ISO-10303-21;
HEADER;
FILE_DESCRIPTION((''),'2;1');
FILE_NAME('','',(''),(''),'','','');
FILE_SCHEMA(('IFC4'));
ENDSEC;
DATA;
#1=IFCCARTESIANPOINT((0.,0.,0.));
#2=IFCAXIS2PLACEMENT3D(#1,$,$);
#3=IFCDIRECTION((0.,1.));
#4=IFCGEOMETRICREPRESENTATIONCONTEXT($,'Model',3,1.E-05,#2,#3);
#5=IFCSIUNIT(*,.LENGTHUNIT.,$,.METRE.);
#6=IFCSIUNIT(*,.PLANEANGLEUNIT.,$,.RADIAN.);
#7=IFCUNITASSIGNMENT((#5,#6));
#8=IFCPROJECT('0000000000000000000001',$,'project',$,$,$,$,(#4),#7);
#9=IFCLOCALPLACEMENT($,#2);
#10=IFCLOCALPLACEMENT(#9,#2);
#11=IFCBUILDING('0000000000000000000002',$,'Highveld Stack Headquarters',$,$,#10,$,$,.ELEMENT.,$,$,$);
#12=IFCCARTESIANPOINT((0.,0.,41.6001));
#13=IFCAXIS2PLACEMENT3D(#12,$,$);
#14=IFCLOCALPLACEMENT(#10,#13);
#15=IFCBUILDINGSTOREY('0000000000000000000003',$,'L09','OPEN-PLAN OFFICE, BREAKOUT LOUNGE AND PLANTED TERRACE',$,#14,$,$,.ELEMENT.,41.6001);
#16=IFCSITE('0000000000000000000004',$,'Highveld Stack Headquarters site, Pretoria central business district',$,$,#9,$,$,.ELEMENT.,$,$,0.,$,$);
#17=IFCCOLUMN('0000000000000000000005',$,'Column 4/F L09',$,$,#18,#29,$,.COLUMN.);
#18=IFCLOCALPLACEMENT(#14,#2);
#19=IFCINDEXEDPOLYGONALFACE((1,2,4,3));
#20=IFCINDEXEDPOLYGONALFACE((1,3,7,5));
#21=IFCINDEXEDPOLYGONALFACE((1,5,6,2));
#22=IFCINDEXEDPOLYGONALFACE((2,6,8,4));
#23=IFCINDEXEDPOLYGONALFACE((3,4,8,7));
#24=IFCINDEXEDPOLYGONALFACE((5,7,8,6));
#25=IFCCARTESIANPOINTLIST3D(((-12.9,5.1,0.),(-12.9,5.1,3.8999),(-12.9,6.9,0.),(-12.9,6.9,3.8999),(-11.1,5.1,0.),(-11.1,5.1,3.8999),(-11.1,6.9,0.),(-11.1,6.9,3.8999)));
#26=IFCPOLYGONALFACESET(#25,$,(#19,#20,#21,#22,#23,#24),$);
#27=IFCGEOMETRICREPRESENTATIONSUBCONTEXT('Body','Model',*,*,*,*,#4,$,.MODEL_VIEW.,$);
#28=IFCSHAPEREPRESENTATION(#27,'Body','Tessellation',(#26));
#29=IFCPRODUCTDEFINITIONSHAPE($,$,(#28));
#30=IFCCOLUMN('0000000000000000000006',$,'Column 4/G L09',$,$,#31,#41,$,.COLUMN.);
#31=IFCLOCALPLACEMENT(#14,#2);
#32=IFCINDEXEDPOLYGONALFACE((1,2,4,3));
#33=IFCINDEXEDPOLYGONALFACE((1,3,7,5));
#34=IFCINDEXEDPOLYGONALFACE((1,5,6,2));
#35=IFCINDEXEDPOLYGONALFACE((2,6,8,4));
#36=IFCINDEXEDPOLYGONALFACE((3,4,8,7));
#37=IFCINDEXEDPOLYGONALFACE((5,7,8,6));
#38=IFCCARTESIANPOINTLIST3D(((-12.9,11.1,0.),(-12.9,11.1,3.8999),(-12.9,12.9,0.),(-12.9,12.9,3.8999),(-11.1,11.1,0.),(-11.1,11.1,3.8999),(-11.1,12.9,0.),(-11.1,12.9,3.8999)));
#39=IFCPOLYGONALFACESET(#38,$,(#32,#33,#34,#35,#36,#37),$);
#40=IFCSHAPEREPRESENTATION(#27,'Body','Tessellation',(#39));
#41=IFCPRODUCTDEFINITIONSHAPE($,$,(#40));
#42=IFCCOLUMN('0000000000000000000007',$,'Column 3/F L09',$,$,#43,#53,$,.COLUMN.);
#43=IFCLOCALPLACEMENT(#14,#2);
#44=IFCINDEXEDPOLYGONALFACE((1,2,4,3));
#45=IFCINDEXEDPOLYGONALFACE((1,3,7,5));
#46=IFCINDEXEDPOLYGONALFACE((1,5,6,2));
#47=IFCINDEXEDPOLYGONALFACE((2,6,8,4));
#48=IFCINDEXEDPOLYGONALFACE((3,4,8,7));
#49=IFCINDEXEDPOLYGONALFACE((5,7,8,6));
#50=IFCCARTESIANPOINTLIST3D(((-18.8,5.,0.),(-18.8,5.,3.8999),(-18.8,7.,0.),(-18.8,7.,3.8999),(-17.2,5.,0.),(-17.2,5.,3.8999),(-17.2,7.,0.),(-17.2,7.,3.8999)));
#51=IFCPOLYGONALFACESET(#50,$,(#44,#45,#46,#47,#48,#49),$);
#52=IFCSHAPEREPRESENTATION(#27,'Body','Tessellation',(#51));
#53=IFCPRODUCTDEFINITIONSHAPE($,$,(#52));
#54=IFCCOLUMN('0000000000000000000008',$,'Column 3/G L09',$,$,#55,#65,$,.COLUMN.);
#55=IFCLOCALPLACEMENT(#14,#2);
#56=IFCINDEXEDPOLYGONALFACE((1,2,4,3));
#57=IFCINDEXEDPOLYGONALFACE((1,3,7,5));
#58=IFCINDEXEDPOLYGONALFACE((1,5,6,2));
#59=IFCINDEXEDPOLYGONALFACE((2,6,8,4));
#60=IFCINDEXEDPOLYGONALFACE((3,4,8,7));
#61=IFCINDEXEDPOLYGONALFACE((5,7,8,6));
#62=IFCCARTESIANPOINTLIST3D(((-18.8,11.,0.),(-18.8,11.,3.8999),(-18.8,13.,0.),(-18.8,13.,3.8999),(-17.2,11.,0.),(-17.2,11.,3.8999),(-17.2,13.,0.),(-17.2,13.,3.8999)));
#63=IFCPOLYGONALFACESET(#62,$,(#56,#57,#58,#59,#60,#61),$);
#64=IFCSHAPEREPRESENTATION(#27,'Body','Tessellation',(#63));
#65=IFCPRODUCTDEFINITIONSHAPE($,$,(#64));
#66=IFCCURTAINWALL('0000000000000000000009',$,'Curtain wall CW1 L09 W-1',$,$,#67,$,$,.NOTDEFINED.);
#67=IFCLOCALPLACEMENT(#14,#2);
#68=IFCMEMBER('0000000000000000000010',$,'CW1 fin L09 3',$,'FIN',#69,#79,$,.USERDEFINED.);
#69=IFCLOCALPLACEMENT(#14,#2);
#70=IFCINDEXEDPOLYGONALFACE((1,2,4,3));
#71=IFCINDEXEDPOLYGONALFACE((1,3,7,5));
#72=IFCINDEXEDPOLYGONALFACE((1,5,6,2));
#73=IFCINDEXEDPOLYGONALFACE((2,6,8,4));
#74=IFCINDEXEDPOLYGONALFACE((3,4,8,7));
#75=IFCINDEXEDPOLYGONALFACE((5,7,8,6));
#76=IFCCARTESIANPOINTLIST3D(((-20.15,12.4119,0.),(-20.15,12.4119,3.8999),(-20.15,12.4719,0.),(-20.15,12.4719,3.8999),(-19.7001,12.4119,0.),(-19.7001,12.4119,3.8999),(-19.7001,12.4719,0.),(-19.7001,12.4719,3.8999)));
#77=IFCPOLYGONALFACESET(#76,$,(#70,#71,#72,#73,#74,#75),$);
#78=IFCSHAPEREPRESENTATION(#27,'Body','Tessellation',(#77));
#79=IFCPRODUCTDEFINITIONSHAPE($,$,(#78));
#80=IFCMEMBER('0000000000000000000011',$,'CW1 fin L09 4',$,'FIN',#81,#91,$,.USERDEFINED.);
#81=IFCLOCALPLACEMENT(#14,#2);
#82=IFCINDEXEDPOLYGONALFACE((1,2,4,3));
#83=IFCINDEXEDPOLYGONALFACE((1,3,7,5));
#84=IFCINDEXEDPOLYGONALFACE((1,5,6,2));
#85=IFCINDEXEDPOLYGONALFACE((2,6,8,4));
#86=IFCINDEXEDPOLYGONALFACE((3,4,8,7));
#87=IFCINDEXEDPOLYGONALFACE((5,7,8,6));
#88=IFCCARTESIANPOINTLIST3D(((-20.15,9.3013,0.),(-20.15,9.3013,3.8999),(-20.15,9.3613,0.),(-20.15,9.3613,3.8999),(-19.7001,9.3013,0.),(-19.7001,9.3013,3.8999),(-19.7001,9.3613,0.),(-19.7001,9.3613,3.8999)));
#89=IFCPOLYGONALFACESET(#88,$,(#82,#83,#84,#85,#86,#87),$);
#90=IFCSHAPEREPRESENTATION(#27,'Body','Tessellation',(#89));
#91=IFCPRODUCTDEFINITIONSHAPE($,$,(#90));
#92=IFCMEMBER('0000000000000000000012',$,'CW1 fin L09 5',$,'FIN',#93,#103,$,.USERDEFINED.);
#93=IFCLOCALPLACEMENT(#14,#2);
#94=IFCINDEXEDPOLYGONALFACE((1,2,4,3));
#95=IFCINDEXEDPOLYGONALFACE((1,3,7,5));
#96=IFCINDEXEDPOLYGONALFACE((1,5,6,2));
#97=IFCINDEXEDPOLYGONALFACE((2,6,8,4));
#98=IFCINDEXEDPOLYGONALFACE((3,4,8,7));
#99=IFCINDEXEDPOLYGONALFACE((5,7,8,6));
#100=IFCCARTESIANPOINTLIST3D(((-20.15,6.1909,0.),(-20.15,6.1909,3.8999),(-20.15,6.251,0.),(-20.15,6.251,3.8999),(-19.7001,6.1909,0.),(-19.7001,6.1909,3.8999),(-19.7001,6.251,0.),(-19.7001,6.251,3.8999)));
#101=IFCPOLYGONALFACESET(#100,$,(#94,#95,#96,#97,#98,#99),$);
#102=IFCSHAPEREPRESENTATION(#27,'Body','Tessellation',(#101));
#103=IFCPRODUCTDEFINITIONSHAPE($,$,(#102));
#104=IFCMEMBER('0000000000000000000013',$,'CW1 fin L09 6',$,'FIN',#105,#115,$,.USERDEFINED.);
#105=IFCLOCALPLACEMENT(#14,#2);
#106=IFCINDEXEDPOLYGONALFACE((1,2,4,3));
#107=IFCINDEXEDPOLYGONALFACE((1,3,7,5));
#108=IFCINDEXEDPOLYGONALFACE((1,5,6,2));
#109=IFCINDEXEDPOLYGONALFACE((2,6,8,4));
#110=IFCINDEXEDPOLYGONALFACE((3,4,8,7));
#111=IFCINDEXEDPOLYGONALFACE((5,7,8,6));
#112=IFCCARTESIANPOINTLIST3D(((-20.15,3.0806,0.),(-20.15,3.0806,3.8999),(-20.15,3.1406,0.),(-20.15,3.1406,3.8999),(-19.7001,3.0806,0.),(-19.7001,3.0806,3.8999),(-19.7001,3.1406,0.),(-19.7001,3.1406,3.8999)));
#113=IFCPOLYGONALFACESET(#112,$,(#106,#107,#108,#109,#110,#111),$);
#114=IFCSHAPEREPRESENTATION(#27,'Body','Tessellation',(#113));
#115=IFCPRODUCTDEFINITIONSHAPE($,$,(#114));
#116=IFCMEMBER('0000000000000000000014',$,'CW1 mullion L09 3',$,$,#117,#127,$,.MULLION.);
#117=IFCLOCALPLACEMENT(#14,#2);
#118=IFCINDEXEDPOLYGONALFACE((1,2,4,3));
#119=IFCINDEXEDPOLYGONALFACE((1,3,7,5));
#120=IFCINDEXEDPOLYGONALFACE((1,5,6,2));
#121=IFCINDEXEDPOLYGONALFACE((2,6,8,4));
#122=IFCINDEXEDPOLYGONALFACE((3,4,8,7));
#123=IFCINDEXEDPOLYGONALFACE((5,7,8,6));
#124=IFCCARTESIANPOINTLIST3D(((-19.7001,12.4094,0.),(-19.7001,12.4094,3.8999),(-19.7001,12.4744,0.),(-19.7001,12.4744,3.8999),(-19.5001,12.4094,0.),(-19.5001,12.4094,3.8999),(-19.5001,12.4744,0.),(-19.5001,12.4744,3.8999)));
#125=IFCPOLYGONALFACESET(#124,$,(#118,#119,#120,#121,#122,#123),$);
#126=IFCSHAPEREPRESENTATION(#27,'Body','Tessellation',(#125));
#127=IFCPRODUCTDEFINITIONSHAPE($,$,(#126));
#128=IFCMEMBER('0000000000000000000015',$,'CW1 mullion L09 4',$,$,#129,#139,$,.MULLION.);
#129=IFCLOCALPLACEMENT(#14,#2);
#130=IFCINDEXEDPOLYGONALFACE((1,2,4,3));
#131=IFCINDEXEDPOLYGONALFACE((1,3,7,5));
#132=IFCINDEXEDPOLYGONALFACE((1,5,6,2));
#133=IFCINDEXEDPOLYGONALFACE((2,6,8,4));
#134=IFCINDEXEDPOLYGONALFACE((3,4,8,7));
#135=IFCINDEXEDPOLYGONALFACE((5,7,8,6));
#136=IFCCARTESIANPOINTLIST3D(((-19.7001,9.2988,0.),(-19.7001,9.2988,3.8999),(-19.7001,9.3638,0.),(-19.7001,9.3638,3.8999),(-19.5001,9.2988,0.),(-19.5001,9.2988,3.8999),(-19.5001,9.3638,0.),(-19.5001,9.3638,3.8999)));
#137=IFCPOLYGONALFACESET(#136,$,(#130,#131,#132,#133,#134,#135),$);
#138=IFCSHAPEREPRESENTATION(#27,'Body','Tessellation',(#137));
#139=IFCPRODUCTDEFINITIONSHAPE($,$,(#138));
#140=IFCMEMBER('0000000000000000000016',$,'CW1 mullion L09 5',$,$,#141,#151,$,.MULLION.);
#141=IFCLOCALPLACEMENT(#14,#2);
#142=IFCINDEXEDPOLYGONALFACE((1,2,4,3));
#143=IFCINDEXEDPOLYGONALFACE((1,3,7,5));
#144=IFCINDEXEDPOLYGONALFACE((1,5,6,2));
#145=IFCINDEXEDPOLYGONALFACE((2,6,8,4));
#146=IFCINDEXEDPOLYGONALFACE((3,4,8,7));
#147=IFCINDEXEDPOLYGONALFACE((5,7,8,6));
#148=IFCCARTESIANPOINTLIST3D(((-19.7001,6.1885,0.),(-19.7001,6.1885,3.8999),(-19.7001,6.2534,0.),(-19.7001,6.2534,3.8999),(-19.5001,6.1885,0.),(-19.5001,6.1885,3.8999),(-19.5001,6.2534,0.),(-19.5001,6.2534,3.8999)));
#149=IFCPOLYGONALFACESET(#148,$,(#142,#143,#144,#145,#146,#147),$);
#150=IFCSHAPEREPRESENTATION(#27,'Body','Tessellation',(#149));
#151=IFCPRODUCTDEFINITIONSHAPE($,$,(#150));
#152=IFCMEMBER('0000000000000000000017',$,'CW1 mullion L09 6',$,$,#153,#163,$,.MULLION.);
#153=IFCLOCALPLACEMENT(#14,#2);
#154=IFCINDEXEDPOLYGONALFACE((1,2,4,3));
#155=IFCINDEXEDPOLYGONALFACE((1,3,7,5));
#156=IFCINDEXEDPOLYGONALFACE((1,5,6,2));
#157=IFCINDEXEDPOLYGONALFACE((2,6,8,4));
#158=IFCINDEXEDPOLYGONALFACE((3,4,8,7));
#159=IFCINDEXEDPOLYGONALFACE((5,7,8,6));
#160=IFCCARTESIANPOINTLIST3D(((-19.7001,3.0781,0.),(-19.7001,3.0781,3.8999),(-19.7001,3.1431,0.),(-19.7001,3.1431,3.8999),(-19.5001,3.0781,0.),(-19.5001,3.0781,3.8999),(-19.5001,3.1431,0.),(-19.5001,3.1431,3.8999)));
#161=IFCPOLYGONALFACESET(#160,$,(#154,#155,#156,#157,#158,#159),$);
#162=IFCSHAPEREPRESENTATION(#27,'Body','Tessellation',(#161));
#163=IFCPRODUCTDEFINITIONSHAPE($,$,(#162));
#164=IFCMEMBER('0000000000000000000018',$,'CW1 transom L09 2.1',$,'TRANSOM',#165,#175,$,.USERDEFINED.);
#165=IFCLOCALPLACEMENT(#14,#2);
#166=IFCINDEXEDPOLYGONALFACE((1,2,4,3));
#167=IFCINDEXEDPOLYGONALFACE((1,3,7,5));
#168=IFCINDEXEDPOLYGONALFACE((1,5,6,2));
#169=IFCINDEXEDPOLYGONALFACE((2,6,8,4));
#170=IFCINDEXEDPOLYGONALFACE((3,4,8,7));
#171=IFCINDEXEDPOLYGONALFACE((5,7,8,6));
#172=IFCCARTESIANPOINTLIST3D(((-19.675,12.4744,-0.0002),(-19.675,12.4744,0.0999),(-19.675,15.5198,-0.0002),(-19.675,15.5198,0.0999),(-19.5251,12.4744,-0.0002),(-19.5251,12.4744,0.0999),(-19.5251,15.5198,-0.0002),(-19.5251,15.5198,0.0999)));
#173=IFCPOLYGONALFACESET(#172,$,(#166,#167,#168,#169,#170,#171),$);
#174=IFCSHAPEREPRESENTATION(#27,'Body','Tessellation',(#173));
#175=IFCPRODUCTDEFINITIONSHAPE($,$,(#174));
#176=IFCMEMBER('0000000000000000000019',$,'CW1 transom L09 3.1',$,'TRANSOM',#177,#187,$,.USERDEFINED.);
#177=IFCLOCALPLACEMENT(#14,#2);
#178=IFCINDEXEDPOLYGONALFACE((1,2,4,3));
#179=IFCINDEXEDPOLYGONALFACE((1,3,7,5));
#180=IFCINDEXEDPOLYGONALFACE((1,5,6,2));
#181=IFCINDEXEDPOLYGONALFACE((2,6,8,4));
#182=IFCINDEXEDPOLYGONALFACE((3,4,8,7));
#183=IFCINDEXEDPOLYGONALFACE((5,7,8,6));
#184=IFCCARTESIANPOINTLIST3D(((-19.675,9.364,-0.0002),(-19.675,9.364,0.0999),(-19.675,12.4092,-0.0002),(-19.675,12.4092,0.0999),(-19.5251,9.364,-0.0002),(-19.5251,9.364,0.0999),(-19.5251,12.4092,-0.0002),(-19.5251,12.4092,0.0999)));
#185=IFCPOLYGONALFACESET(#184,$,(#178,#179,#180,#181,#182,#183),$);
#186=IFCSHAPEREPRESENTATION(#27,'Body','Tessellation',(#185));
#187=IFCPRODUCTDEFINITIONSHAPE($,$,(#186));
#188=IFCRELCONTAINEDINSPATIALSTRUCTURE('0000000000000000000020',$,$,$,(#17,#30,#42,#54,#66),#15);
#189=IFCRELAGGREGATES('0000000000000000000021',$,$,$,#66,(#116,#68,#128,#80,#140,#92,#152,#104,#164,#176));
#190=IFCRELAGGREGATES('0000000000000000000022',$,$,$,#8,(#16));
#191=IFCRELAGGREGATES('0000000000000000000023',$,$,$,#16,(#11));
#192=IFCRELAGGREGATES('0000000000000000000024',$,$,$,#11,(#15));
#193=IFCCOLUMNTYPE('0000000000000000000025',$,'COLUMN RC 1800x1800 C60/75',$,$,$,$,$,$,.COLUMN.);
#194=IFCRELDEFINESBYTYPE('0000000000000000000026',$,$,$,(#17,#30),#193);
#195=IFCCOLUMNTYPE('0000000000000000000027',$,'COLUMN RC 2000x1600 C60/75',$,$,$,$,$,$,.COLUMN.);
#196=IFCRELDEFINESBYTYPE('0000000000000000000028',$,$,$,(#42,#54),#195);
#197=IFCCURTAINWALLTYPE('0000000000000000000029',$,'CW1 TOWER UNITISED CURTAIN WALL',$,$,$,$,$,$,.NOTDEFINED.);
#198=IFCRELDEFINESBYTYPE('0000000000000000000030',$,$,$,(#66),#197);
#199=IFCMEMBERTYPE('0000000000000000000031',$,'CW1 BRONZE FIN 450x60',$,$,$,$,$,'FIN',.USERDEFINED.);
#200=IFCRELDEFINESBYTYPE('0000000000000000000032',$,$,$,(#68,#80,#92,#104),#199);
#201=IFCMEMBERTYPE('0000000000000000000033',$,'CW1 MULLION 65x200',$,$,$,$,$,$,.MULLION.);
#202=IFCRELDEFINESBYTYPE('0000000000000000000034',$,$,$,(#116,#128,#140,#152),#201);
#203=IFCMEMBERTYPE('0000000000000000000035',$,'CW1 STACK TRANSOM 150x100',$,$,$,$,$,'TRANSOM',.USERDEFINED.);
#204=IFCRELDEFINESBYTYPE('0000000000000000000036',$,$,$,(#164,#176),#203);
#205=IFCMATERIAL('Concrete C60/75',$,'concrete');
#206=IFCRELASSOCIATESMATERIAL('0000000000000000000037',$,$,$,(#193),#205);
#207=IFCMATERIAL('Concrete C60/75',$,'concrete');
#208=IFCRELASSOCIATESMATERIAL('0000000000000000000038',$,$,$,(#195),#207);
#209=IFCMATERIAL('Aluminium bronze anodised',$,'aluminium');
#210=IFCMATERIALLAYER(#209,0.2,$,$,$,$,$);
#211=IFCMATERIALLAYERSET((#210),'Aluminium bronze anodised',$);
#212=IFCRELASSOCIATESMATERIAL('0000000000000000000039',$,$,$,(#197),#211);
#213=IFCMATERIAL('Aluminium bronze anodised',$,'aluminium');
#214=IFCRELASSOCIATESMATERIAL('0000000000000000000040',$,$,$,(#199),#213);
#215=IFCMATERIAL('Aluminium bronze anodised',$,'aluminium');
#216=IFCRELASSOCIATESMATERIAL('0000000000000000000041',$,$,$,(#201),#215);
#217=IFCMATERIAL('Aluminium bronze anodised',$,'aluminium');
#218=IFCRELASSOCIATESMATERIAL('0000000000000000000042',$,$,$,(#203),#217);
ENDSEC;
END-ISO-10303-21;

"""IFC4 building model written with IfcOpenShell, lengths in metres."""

from ifc_helpers import new_model, si_unit, direction, frame, origin, origin_2d, place, context, subcontext, project, spatial, rectangle, extrude, material, layer, layer_set, material_profile, profile_set, type_object, element, aggregate, save


model = new_model("IFC4")

# Units and contexts
model_context = context("Model", 3, precision=1e-05, world=origin(), true_north=direction((0.0, 1.0)))
body_context = subcontext(model_context, "Body", "Model", "MODEL_VIEW")
ifc_project = project(units=[si_unit("LENGTHUNIT", "METRE"), si_unit("PLANEANGLEUNIT", "RADIAN")], contexts=[model_context])

# Site, building, storey
site_placement = place(None, origin())
site = spatial("IfcSite", under=ifc_project, at=site_placement, Name="Highveld Stack Headquarters site, Pretoria central business district", CompositionType="ELEMENT", RefElevation=0.0)
building_placement = place(site_placement, origin())
building = spatial("IfcBuilding", under=site, at=building_placement, Name="Highveld Stack Headquarters", CompositionType="ELEMENT")
storey_placement = place(building_placement, frame((0.0, 0.0, 41.6001)))
storey = spatial("IfcBuildingStorey", under=building, at=storey_placement, Name="L09", Description="OPEN-PLAN OFFICE, BREAKOUT LOUNGE AND PLANTED TERRACE", CompositionType="ELEMENT", Elevation=41.6001)

# Columns
ifc_material_1 = material(Name="Concrete C60/75", Category="concrete")
ifc_material_profile_1 = material_profile(ifc_material_1, rectangle(XDim=1.8, YDim=1.8, at=origin_2d()), Name="RC 1800x1800")
ifc_profile_set_1 = profile_set([ifc_material_profile_1], Name="Concrete C60/75")
column_type_1 = type_object("IfcColumnType", Name="COLUMN RC 1800x1800 C60/75", PredefinedType="COLUMN", material=ifc_profile_set_1)
for number, where, z_axis, x_axis, name in (
    (1, (-12.0, 6.0, 0.0), (0.0, 0.0, 1.0), (1.0, 0.0, 0.0), "Column 4/F L09"),
    (2, (-12.0, 12.0, 0.0), (0.0, 0.0, 1.0), (1.0, 0.0, 0.0), "Column 4/G L09"),
):
    element("IfcColumn", number, at=place(storey_placement, frame(where, z_axis=z_axis, x_axis=x_axis)), inside=storey, type_object=column_type_1, Name=name, PredefinedType="COLUMN", context=body_context, shape_type="SweptSolid", body=[
        extrude(rectangle(XDim=1.8, YDim=1.8, at=origin_2d()), origin(), (0.0, 0.0, 1.0), 3.8999),
    ])
ifc_material_2 = material(Name="Concrete C60/75", Category="concrete")
ifc_material_profile_2 = material_profile(ifc_material_2, rectangle(XDim=2.0, YDim=1.6001, at=origin_2d()), Name="RC 2000x1600")
ifc_profile_set_2 = profile_set([ifc_material_profile_2], Name="Concrete C60/75")
column_type_2 = type_object("IfcColumnType", Name="COLUMN RC 2000x1600 C60/75", PredefinedType="COLUMN", material=ifc_profile_set_2)
for number, where, z_axis, x_axis, name in (
    (3, (-18.0, 6.0, 0.0), (0.0, 0.0, 1.0), (0.0, 1.0, 0.0), "Column 3/F L09"),
    (4, (-18.0, 12.0, 0.0), (0.0, 0.0, 1.0), (0.0, 1.0, 0.0), "Column 3/G L09"),
):
    element("IfcColumn", number, at=place(storey_placement, frame(where, z_axis=z_axis, x_axis=x_axis)), inside=storey, type_object=column_type_2, Name=name, PredefinedType="COLUMN", context=body_context, shape_type="SweptSolid", body=[
        extrude(rectangle(XDim=2.0, YDim=1.6001, at=origin_2d()), origin(), (0.0, 0.0, 1.0), 3.8999),
    ])

# Curtain wall, members
ifc_material_3 = material(Name="Aluminium bronze anodised", Category="aluminium")
ifc_layer_1 = layer(ifc_material_3, 0.2)
ifc_layer_set_1 = layer_set([ifc_layer_1], Name="Aluminium bronze anodised")
curtain_wall_type = type_object("IfcCurtainWallType", Name="CW1 TOWER UNITISED CURTAIN WALL", PredefinedType="NOTDEFINED", material=ifc_layer_set_1)
curtain_wall_placement = place(storey_placement, origin())
curtain_wall = element("IfcCurtainWall", 5, at=curtain_wall_placement, inside=storey, type_object=curtain_wall_type, Name="Curtain wall CW1 L09 W-1", PredefinedType="NOTDEFINED")
ifc_material_4 = material(Name="Aluminium bronze anodised", Category="aluminium")
ifc_material_profile_3 = material_profile(ifc_material_4, rectangle(XDim=0.45, YDim=0.0601, at=origin_2d()), Name="FIN 450x60")
ifc_profile_set_3 = profile_set([ifc_material_profile_3], Name="Aluminium bronze anodised")
member_type_1 = type_object("IfcMemberType", Name="CW1 BRONZE FIN 450x60", ElementType="FIN", PredefinedType="USERDEFINED", material=ifc_profile_set_3)
member_1_placement = place(storey_placement, frame((-19.925, 12.4419, 0.0), z_axis=(0.0, 0.0, 1.0), x_axis=(1.0, 0.0, 0.0)))
member_1 = element("IfcMember", 6, at=member_1_placement, type_object=member_type_1, Name="CW1 fin L09 3", ObjectType="FIN", PredefinedType="USERDEFINED", context=body_context, shape_type="SweptSolid", body=[
    extrude(rectangle(XDim=0.45, YDim=0.0601, at=origin_2d()), origin(), (0.0, 0.0, 1.0), 3.8999),
])
member_2_placement = place(storey_placement, frame((-19.925, 9.3313, 0.0), z_axis=(0.0, 0.0, 1.0), x_axis=(1.0, 0.0, 0.0)))
member_2 = element("IfcMember", 7, at=member_2_placement, type_object=member_type_1, Name="CW1 fin L09 4", ObjectType="FIN", PredefinedType="USERDEFINED", context=body_context, shape_type="SweptSolid", body=[
    extrude(rectangle(XDim=0.45, YDim=0.0601, at=origin_2d()), origin(), (0.0, 0.0, 1.0), 3.8999),
])
member_3_placement = place(storey_placement, frame((-19.925, 6.2209, 0.0), z_axis=(0.0, 0.0, 1.0), x_axis=(1.0, 0.0, 0.0)))
member_3 = element("IfcMember", 8, at=member_3_placement, type_object=member_type_1, Name="CW1 fin L09 5", ObjectType="FIN", PredefinedType="USERDEFINED", context=body_context, shape_type="SweptSolid", body=[
    extrude(rectangle(XDim=0.45, YDim=0.0601, at=origin_2d()), origin(), (0.0, 0.0, 1.0), 3.8999),
])
member_4_placement = place(storey_placement, frame((-19.925, 3.1106, 0.0), z_axis=(0.0, 0.0, 1.0), x_axis=(1.0, 0.0, 0.0)))
member_4 = element("IfcMember", 9, at=member_4_placement, type_object=member_type_1, Name="CW1 fin L09 6", ObjectType="FIN", PredefinedType="USERDEFINED", context=body_context, shape_type="SweptSolid", body=[
    extrude(rectangle(XDim=0.45, YDim=0.0601, at=origin_2d()), origin(), (0.0, 0.0, 1.0), 3.8999),
])
ifc_material_5 = material(Name="Aluminium bronze anodised", Category="aluminium")
ifc_material_profile_4 = material_profile(ifc_material_5, rectangle(XDim=0.2, YDim=0.0649, at=origin_2d()), Name="CW1 MULLION 65x200")
ifc_profile_set_4 = profile_set([ifc_material_profile_4], Name="Aluminium bronze anodised")
member_type_2 = type_object("IfcMemberType", Name="CW1 MULLION 65x200", PredefinedType="MULLION", material=ifc_profile_set_4)
member_5_placement = place(storey_placement, frame((-19.6001, 12.4419, 0.0), z_axis=(0.0, 0.0, 1.0), x_axis=(1.0, 0.0, 0.0)))
member_5 = element("IfcMember", 10, at=member_5_placement, type_object=member_type_2, Name="CW1 mullion L09 3", PredefinedType="MULLION", context=body_context, shape_type="SweptSolid", body=[
    extrude(rectangle(XDim=0.2, YDim=0.0649, at=origin_2d()), origin(), (0.0, 0.0, 1.0), 3.8999),
])
member_6_placement = place(storey_placement, frame((-19.6001, 9.3313, 0.0), z_axis=(0.0, 0.0, 1.0), x_axis=(1.0, 0.0, 0.0)))
member_6 = element("IfcMember", 11, at=member_6_placement, type_object=member_type_2, Name="CW1 mullion L09 4", PredefinedType="MULLION", context=body_context, shape_type="SweptSolid", body=[
    extrude(rectangle(XDim=0.2, YDim=0.0649, at=origin_2d()), origin(), (0.0, 0.0, 1.0), 3.8999),
])
member_7_placement = place(storey_placement, frame((-19.6001, 6.2209, 0.0), z_axis=(0.0, 0.0, 1.0), x_axis=(1.0, 0.0, 0.0)))
member_7 = element("IfcMember", 12, at=member_7_placement, type_object=member_type_2, Name="CW1 mullion L09 5", PredefinedType="MULLION", context=body_context, shape_type="SweptSolid", body=[
    extrude(rectangle(XDim=0.2, YDim=0.0649, at=origin_2d()), origin(), (0.0, 0.0, 1.0), 3.8999),
])
member_8_placement = place(storey_placement, frame((-19.6001, 3.1106, 0.0), z_axis=(0.0, 0.0, 1.0), x_axis=(1.0, 0.0, 0.0)))
member_8 = element("IfcMember", 13, at=member_8_placement, type_object=member_type_2, Name="CW1 mullion L09 6", PredefinedType="MULLION", context=body_context, shape_type="SweptSolid", body=[
    extrude(rectangle(XDim=0.2, YDim=0.0649, at=origin_2d()), origin(), (0.0, 0.0, 1.0), 3.8999),
])
ifc_material_6 = material(Name="Aluminium bronze anodised", Category="aluminium")
ifc_material_profile_5 = material_profile(ifc_material_6, rectangle(XDim=0.1499, YDim=0.1001, at=origin_2d()), Name="CW1 TRANSOM 150x100")
ifc_profile_set_5 = profile_set([ifc_material_profile_5], Name="Aluminium bronze anodised")
member_type_3 = type_object("IfcMemberType", Name="CW1 STACK TRANSOM 150x100", ElementType="TRANSOM", PredefinedType="USERDEFINED", material=ifc_profile_set_5)
member_9_placement = place(storey_placement, frame((-19.6001, 15.5198, 0.0498), z_axis=(0.0, -1.0, 0.0), x_axis=(1.0, 0.0, 0.0)))
member_9 = element("IfcMember", 14, at=member_9_placement, type_object=member_type_3, Name="CW1 transom L09 2.1", ObjectType="TRANSOM", PredefinedType="USERDEFINED", context=body_context, shape_type="SweptSolid", body=[
    extrude(rectangle(XDim=0.1499, YDim=0.1001, at=origin_2d()), origin(), (0.0, 0.0, 1.0), 3.0454),
])
member_10_placement = place(storey_placement, frame((-19.6001, 12.4092, 0.0498), z_axis=(0.0, -1.0, 0.0), x_axis=(1.0, 0.0, 0.0)))
member_10 = element("IfcMember", 15, at=member_10_placement, type_object=member_type_3, Name="CW1 transom L09 3.1", ObjectType="TRANSOM", PredefinedType="USERDEFINED", context=body_context, shape_type="SweptSolid", body=[
    extrude(rectangle(XDim=0.1499, YDim=0.1001, at=origin_2d()), origin(), (0.0, 0.0, 1.0), 3.0452),
])
aggregate(curtain_wall, [member_5, member_1, member_6, member_2, member_7, member_3, member_8, member_4, member_9, member_10])

save(model, "model.ifc")
